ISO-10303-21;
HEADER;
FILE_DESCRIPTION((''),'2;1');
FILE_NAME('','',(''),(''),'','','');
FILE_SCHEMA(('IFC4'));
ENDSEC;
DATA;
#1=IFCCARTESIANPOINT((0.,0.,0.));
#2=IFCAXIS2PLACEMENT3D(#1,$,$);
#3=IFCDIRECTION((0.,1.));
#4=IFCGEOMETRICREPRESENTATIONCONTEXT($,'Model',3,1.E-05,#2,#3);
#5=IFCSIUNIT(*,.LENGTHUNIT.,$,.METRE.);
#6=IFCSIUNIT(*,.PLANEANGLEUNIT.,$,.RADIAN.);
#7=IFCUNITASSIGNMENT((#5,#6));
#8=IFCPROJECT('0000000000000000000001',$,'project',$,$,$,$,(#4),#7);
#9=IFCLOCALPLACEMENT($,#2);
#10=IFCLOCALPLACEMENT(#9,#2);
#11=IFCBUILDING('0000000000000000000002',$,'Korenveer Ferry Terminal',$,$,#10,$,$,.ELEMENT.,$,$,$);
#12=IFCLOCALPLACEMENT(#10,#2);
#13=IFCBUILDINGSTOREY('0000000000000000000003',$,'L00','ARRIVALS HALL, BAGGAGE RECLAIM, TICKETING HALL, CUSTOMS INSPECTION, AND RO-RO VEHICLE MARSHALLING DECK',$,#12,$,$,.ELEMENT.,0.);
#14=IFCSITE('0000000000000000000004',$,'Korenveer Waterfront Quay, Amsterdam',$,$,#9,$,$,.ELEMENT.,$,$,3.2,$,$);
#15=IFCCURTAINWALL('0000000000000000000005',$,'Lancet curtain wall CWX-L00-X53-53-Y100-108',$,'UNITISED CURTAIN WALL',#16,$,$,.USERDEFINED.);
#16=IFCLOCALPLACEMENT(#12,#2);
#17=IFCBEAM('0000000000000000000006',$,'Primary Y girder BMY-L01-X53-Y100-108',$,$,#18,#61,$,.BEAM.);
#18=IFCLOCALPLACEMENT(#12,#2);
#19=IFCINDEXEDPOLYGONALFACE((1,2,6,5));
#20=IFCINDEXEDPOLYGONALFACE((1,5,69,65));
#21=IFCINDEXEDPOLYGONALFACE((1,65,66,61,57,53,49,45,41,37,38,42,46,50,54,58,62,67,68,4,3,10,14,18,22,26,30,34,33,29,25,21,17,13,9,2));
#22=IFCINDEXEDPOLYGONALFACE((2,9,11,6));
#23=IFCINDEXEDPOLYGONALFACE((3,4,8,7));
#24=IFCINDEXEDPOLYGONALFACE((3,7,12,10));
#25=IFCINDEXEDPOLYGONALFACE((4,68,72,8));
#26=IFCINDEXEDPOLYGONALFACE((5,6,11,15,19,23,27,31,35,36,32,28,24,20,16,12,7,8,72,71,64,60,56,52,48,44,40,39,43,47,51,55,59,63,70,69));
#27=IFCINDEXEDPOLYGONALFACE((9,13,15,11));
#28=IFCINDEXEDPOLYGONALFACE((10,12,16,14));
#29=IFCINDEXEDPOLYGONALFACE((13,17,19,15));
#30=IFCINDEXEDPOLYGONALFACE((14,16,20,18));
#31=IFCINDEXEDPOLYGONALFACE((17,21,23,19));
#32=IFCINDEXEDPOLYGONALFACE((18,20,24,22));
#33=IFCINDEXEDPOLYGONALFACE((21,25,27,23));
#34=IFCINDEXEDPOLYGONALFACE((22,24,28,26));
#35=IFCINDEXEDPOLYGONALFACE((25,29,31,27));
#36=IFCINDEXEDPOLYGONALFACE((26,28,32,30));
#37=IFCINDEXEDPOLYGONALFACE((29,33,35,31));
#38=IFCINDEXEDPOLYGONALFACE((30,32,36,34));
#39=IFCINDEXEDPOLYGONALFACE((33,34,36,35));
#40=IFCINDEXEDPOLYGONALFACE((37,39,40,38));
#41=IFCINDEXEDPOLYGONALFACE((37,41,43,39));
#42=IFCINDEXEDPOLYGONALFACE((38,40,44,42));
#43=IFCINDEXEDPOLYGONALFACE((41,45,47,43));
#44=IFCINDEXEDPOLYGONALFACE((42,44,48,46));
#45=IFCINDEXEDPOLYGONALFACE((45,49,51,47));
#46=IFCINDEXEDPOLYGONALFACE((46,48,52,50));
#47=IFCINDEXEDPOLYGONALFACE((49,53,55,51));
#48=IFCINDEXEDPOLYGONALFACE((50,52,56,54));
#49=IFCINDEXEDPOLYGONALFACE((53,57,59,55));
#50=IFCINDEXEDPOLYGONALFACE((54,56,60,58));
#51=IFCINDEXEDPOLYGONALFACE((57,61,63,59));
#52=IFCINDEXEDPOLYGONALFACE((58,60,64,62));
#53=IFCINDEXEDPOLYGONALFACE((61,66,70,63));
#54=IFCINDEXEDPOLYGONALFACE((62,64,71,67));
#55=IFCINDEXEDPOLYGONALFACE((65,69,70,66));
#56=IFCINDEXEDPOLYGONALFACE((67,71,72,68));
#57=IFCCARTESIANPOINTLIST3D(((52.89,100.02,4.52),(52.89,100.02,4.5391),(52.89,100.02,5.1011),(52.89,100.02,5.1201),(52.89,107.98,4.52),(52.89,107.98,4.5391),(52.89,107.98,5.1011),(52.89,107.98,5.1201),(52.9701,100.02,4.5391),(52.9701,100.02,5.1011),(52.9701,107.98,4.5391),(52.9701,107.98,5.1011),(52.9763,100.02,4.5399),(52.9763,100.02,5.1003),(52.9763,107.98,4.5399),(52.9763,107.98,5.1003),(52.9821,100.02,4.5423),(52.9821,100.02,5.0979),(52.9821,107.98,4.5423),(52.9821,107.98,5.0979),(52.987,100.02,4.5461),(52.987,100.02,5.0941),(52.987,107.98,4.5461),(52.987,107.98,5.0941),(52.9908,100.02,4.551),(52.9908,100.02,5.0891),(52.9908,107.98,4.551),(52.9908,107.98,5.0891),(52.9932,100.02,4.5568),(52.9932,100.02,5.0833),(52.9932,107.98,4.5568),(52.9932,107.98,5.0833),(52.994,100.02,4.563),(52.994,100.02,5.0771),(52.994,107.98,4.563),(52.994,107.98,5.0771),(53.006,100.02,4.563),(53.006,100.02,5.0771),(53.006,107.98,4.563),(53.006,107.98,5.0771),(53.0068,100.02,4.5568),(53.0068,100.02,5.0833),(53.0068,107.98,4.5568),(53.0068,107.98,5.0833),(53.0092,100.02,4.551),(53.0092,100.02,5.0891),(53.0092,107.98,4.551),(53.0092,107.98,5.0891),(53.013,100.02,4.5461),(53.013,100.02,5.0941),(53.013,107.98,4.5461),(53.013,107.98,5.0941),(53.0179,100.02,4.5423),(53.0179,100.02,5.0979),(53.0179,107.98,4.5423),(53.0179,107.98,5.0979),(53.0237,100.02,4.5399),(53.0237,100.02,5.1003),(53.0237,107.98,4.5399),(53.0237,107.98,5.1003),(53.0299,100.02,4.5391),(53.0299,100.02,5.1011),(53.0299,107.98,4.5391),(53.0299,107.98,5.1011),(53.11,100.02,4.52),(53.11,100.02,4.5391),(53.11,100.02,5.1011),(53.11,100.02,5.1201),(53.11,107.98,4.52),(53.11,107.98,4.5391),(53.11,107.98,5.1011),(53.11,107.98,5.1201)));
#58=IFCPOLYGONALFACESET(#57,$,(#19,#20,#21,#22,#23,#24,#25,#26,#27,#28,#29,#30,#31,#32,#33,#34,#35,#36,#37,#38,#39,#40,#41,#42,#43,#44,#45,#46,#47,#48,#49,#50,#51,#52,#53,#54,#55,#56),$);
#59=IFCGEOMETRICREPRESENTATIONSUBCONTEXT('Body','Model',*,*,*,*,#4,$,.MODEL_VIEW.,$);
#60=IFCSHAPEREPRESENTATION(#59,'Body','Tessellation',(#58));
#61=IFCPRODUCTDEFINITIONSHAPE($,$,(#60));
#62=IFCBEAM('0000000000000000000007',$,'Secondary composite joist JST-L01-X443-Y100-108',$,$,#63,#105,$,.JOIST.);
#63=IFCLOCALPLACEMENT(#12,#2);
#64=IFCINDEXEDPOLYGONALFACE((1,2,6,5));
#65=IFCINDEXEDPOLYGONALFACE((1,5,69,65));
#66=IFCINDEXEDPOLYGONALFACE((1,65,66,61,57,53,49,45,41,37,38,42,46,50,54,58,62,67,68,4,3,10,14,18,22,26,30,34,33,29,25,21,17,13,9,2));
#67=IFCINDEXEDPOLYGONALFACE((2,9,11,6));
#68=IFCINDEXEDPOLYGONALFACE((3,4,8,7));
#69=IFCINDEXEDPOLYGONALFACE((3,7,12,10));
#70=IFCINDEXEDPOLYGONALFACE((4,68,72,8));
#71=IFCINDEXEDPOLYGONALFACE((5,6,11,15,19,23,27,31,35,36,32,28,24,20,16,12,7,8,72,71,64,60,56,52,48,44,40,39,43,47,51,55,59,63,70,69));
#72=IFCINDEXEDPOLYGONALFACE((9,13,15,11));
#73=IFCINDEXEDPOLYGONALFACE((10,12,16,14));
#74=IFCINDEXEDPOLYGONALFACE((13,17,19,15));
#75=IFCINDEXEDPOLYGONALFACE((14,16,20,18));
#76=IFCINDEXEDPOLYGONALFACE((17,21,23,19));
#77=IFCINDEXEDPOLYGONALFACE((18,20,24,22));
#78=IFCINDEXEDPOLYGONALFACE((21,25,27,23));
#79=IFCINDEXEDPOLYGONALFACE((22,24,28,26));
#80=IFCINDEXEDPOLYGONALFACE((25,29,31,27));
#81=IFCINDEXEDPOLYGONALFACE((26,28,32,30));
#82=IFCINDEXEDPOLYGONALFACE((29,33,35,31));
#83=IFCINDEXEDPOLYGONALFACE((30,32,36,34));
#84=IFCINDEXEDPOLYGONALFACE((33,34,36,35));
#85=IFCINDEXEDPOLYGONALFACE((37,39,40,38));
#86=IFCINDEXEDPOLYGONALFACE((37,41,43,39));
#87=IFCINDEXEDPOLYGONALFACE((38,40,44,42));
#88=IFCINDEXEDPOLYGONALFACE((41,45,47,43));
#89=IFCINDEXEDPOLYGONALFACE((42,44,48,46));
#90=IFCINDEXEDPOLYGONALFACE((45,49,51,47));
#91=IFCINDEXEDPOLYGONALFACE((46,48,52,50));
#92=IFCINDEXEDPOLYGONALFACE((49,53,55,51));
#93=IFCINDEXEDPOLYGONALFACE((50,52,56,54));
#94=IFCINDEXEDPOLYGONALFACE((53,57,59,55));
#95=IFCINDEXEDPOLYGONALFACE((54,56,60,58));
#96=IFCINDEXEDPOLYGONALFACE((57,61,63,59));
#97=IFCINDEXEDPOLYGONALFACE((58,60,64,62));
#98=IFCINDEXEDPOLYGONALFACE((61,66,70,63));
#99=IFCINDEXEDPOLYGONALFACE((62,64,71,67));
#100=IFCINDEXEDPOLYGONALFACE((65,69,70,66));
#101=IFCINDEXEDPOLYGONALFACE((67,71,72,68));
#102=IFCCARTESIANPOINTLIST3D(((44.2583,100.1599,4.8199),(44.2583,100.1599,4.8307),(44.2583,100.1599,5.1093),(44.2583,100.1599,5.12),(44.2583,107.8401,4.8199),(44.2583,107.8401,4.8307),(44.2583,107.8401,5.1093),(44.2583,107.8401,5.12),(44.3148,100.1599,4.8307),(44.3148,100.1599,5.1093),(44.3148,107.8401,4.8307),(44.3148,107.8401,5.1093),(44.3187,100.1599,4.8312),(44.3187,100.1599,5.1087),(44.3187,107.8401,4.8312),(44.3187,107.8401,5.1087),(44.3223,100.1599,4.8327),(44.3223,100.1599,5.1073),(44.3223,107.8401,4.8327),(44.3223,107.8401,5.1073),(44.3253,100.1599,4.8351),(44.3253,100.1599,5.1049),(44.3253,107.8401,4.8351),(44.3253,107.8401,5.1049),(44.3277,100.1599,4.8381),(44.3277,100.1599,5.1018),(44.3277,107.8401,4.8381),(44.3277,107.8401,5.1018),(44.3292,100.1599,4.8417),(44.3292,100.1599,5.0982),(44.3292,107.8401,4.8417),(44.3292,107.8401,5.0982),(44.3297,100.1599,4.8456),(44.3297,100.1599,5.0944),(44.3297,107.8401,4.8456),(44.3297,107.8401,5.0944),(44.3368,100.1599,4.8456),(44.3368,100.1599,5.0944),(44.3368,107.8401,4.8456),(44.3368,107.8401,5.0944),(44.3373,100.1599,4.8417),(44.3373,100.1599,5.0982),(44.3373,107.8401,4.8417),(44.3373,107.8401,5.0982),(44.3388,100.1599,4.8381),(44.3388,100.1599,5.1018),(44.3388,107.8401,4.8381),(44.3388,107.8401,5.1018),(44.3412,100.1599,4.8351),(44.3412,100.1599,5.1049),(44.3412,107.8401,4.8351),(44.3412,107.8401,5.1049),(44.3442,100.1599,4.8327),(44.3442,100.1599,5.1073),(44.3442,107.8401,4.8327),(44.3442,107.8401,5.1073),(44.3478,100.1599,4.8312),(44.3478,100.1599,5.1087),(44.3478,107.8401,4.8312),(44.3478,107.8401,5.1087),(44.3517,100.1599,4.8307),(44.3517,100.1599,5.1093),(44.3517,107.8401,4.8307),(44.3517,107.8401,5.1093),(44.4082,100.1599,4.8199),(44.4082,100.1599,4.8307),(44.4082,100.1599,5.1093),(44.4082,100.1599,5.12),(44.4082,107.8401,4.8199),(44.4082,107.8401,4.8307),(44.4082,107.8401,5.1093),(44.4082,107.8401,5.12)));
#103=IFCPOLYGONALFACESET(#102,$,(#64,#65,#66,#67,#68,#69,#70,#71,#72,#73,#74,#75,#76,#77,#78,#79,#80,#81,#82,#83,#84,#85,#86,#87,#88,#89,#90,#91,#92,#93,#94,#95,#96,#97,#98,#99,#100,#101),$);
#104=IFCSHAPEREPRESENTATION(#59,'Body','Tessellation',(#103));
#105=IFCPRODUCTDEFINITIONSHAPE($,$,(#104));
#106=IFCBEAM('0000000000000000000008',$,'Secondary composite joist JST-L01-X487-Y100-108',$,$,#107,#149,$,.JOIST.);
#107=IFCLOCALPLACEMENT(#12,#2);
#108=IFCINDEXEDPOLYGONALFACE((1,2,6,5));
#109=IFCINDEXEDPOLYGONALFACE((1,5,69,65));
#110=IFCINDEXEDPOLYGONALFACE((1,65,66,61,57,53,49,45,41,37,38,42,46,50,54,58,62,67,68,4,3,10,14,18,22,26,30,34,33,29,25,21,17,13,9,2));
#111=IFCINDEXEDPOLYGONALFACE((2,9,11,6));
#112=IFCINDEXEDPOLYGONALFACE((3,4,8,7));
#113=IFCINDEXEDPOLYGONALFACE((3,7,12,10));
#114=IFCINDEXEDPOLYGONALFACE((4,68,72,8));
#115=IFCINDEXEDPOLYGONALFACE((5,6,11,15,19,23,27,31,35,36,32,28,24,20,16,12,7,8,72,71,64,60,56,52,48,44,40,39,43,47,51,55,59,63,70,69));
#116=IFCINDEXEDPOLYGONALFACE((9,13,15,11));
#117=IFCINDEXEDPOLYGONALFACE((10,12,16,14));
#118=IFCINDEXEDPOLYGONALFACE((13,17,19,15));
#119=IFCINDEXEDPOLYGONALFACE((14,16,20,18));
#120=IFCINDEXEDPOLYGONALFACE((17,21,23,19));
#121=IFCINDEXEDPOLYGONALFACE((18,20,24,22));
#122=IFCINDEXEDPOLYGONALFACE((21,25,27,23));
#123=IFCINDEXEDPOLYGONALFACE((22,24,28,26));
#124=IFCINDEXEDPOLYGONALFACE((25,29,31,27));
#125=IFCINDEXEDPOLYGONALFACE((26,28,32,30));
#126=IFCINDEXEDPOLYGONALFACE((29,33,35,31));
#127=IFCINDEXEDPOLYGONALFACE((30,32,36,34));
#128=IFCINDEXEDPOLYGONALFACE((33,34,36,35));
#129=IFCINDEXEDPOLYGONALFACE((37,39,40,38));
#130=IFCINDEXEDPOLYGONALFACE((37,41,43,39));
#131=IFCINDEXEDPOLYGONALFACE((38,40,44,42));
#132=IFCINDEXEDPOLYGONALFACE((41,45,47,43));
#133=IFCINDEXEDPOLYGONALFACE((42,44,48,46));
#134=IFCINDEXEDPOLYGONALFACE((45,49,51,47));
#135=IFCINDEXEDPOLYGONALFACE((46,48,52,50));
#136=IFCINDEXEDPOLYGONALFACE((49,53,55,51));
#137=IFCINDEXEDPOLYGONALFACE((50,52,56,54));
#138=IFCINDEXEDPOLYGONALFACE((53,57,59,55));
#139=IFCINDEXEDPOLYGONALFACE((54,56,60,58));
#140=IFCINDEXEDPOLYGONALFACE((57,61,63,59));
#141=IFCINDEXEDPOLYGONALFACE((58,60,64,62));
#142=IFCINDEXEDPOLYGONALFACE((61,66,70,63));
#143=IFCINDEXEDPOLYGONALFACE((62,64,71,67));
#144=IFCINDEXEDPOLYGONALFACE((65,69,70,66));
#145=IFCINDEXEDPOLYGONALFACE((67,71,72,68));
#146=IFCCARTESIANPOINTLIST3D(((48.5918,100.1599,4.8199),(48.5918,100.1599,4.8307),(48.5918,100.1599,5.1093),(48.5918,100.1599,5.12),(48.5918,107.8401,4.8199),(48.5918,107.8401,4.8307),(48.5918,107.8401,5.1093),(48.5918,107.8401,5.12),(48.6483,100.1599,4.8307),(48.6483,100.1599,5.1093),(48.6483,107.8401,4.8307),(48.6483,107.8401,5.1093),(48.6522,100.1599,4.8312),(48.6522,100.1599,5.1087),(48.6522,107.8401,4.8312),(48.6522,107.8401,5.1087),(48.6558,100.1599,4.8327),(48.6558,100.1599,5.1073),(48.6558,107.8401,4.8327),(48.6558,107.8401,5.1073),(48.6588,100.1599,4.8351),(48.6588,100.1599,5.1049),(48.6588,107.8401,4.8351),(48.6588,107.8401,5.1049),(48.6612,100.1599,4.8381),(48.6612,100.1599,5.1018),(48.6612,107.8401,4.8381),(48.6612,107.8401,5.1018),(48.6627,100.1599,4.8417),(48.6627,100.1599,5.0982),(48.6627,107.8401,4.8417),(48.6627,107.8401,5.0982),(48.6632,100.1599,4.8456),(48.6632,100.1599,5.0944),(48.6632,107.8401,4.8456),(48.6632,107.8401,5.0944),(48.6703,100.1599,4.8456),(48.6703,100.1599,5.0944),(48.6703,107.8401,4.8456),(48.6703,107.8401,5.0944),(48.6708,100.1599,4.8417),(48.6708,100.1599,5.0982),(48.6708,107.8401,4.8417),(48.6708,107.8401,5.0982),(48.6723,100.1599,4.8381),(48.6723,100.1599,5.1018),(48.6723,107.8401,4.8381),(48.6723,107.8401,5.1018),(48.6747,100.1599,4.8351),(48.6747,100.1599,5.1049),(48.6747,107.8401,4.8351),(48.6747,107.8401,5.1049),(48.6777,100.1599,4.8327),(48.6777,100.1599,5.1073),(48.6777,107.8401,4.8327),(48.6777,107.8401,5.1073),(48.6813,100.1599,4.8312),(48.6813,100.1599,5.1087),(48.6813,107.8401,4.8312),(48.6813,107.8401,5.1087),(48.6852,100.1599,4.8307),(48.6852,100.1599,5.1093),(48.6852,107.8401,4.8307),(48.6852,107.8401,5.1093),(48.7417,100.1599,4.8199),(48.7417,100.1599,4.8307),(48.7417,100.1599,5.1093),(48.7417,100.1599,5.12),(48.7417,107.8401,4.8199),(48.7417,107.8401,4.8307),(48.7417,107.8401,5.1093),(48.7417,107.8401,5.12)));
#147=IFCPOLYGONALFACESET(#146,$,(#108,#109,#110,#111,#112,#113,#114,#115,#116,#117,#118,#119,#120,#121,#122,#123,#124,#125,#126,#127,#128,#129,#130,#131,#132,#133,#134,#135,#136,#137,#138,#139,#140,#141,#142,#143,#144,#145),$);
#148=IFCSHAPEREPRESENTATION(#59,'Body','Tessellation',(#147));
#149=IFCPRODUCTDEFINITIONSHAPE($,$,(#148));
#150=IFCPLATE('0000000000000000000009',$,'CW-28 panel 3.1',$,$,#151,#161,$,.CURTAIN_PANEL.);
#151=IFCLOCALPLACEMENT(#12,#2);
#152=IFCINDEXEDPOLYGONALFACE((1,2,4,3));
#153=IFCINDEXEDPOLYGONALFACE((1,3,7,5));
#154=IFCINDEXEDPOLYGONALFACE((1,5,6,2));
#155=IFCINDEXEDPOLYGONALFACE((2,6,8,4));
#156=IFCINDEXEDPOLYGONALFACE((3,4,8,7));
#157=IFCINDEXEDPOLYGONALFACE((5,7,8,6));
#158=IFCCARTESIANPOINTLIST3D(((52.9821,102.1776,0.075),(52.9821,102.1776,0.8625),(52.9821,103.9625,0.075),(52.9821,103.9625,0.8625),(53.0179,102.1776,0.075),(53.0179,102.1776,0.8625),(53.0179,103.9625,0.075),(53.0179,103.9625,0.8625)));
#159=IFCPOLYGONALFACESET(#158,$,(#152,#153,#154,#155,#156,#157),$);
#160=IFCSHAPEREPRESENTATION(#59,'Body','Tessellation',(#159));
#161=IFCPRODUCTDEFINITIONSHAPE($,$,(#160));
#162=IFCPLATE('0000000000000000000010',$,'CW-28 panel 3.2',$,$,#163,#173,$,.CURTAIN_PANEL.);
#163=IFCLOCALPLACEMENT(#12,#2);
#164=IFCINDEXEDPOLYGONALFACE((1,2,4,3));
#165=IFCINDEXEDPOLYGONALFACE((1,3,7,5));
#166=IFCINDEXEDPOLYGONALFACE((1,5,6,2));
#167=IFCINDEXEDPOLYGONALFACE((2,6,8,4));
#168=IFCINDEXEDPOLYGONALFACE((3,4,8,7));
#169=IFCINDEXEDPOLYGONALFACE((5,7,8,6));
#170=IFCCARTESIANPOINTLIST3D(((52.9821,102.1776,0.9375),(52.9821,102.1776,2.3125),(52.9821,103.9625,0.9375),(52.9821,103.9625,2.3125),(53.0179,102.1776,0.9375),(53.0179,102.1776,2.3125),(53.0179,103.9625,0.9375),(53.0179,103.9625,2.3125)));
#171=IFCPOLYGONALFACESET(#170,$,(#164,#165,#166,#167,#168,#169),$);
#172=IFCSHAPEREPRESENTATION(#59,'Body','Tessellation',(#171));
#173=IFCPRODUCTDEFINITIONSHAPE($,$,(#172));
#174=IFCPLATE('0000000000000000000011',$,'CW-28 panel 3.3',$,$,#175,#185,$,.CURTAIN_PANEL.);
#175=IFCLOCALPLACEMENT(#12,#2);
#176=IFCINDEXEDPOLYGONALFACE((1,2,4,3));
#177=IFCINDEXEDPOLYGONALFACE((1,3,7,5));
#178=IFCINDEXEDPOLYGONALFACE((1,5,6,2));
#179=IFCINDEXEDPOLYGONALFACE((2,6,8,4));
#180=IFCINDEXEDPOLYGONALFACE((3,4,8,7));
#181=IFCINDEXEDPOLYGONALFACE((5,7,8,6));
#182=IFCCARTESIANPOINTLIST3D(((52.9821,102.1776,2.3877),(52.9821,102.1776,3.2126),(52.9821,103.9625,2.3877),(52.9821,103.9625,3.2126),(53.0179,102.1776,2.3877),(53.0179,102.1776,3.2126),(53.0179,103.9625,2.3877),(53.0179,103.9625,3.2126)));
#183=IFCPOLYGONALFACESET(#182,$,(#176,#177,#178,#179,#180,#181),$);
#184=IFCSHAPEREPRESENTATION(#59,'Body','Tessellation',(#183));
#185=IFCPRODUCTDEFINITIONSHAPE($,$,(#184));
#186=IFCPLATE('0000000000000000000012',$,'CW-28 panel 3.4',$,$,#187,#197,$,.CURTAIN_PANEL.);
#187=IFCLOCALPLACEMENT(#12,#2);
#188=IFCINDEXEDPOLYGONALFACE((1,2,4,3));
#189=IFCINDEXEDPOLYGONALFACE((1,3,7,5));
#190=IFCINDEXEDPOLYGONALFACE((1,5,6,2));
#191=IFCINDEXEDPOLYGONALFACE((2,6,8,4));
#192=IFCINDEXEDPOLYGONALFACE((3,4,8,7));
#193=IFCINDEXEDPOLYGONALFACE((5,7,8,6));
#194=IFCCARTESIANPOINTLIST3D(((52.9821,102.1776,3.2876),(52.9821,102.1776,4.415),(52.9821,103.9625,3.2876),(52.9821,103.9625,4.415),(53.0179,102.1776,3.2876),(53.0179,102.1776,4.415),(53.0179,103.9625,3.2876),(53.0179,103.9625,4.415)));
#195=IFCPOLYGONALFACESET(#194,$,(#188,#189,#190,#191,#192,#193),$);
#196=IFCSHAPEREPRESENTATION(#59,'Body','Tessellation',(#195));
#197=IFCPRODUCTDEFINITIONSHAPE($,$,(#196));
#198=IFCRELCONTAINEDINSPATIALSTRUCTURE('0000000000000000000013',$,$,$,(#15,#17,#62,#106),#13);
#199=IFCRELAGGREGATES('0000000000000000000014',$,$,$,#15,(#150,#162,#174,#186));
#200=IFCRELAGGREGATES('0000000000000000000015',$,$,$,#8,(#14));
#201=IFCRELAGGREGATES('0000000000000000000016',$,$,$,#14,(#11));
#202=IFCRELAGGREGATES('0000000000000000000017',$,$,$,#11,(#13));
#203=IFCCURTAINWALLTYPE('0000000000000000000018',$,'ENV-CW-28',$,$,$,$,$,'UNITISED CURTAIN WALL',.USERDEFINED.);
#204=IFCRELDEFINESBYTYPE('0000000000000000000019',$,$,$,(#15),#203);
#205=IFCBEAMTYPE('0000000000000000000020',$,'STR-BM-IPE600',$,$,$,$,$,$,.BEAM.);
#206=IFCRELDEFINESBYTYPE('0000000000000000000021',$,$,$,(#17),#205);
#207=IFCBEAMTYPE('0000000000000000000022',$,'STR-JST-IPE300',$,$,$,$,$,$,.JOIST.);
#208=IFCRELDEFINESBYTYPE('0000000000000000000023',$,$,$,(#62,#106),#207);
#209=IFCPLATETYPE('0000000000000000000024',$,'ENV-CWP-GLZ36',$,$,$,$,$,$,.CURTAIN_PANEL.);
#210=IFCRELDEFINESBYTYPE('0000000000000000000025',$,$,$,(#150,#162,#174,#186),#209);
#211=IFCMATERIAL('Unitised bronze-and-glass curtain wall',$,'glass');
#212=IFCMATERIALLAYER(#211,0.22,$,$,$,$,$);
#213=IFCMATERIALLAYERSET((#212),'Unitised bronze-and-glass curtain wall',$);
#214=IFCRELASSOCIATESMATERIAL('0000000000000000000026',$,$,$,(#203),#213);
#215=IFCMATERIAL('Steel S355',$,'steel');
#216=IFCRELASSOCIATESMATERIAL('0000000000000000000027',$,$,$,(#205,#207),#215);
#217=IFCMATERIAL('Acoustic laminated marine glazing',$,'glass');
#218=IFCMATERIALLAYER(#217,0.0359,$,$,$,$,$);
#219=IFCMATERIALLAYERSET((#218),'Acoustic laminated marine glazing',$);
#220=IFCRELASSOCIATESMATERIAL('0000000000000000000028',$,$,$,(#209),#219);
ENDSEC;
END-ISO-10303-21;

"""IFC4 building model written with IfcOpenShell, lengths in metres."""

from ifc_helpers import new_model, si_unit, direction, frame, origin, origin_2d, place, context, subcontext, project, spatial, rectangle, i_section, extrude, material, layer, layer_set, material_profile, profile_set, type_object, element, aggregate, save


model = new_model("IFC4")

# Units and contexts
model_context = context("Model", 3, precision=1e-05, world=origin(), true_north=direction((0.0, 1.0)))
body_context = subcontext(model_context, "Body", "Model", "MODEL_VIEW")
ifc_project = project(units=[si_unit("LENGTHUNIT", "METRE"), si_unit("PLANEANGLEUNIT", "RADIAN")], contexts=[model_context])

# Site, building, storey
site_placement = place(None, origin())
site = spatial("IfcSite", under=ifc_project, at=site_placement, Name="Korenveer Waterfront Quay, Amsterdam", CompositionType="ELEMENT", RefElevation=3.2)
building_placement = place(site_placement, origin())
building = spatial("IfcBuilding", under=site, at=building_placement, Name="Korenveer Ferry Terminal", CompositionType="ELEMENT")
storey_placement = place(building_placement, origin())
storey = spatial("IfcBuildingStorey", under=building, at=storey_placement, Name="L00", Description="ARRIVALS HALL, BAGGAGE RECLAIM, TICKETING HALL, CUSTOMS INSPECTION, AND RO-RO VEHICLE MARSHALLING DECK", CompositionType="ELEMENT", Elevation=0.0)

# Curtain wall
ifc_material_1 = material(Name="Unitised bronze-and-glass curtain wall", Category="glass")
ifc_layer_1 = layer(ifc_material_1, 0.22)
ifc_layer_set_1 = layer_set([ifc_layer_1], Name="Unitised bronze-and-glass curtain wall")
curtain_wall_type = type_object("IfcCurtainWallType", Name="ENV-CW-28", ElementType="UNITISED CURTAIN WALL", PredefinedType="USERDEFINED", material=ifc_layer_set_1)
curtain_wall_placement = place(storey_placement, frame((53.0, 107.72, 0.0)))
curtain_wall = element("IfcCurtainWall", 1, at=curtain_wall_placement, inside=storey, type_object=curtain_wall_type, Name="Lancet curtain wall CWX-L00-X53-53-Y100-108", ObjectType="UNITISED CURTAIN WALL", PredefinedType="USERDEFINED")

# Beams
ifc_material_2 = material(Name="Steel S355", Category="steel")
ifc_material_profile_1 = material_profile(ifc_material_2, i_section(OverallWidth=0.22, OverallDepth=0.6001, WebThickness=0.012, FlangeThickness=0.019, FilletRadius=0.0239, at=origin_2d()), Name="IPE 600")
ifc_profile_set_1 = profile_set([ifc_material_profile_1], Name="Steel S355")
beam_type_1 = type_object("IfcBeamType", Name="STR-BM-IPE600", PredefinedType="BEAM", material=ifc_profile_set_1)
beam_placement = place(storey_placement, frame((53.0, 100.02, 4.8201), z_axis=(0.0, 1.0, 0.0), x_axis=(-1.0, 0.0, 0.0)))
element("IfcBeam", 2, at=beam_placement, inside=storey, type_object=beam_type_1, Name="Primary Y girder BMY-L01-X53-Y100-108", PredefinedType="BEAM", context=body_context, shape_type="SweptSolid", body=[
    extrude(i_section(OverallWidth=0.22, OverallDepth=0.6001, WebThickness=0.012, FlangeThickness=0.019, FilletRadius=0.0239, at=origin_2d()), origin(), (0.0, 0.0, 1.0), 7.96),
])
ifc_material_profile_2 = material_profile(ifc_material_2, i_section(OverallWidth=0.1499, OverallDepth=0.3, WebThickness=0.0071, FlangeThickness=0.0107, FilletRadius=0.0149, at=origin_2d()), Name="IPE 300")
ifc_profile_set_2 = profile_set([ifc_material_profile_2], Name="Steel S355")
beam_type_2 = type_object("IfcBeamType", Name="STR-JST-IPE300", PredefinedType="JOIST", material=ifc_profile_set_2)
for number, where, z_axis, x_axis, name in (
    (3, (44.3333, 100.1599, 4.97), (0.0, 1.0, 0.0), (-1.0, 0.0, 0.0), "Secondary composite joist JST-L01-X443-Y100-108"),
    (4, (48.6667, 100.1599, 4.97), (0.0, 1.0, 0.0), (-1.0, 0.0, 0.0), "Secondary composite joist JST-L01-X487-Y100-108"),
):
    element("IfcBeam", number, at=place(storey_placement, frame(where, z_axis=z_axis, x_axis=x_axis)), inside=storey, type_object=beam_type_2, Name=name, PredefinedType="JOIST", context=body_context, shape_type="SweptSolid", body=[
        extrude(i_section(OverallWidth=0.1499, OverallDepth=0.3, WebThickness=0.0071, FlangeThickness=0.0107, FilletRadius=0.0149, at=origin_2d()), origin(), (0.0, 0.0, 1.0), 7.6802),
    ])

# Plates
ifc_material_3 = material(Name="Acoustic laminated marine glazing", Category="glass")
ifc_layer_2 = layer(ifc_material_3, 0.0359)
ifc_layer_set_2 = layer_set([ifc_layer_2], Name="Acoustic laminated marine glazing")
plate_type = type_object("IfcPlateType", Name="ENV-CWP-GLZ36", PredefinedType="CURTAIN_PANEL", material=ifc_layer_set_2)
plate_1_placement = place(storey_placement, frame((53.0, 103.0701, 0.075), z_axis=(0.0, 0.0, 1.0), x_axis=(0.0, -1.0, 0.0)))
plate_1 = element("IfcPlate", 5, at=plate_1_placement, type_object=plate_type, Name="CW-28 panel 3.1", PredefinedType="CURTAIN_PANEL", context=body_context, shape_type="SweptSolid", body=[
    extrude(rectangle(XDim=1.7849, YDim=0.0359, at=origin_2d()), origin(), (0.0, 0.0, 1.0), 0.7876),
])
plate_2_placement = place(storey_placement, frame((53.0, 103.0701, 0.9375), z_axis=(0.0, 0.0, 1.0), x_axis=(0.0, -1.0, 0.0)))
plate_2 = element("IfcPlate", 6, at=plate_2_placement, type_object=plate_type, Name="CW-28 panel 3.2", PredefinedType="CURTAIN_PANEL", context=body_context, shape_type="SweptSolid", body=[
    extrude(rectangle(XDim=1.7849, YDim=0.0359, at=origin_2d()), origin(), (0.0, 0.0, 1.0), 1.375),
])
plate_3_placement = place(storey_placement, frame((53.0, 103.0701, 2.3877), z_axis=(0.0, 0.0, 1.0), x_axis=(0.0, -1.0, 0.0)))
plate_3 = element("IfcPlate", 7, at=plate_3_placement, type_object=plate_type, Name="CW-28 panel 3.3", PredefinedType="CURTAIN_PANEL", context=body_context, shape_type="SweptSolid", body=[
    extrude(rectangle(XDim=1.7849, YDim=0.0359, at=origin_2d()), origin(), (0.0, 0.0, 1.0), 0.825),
])
plate_4_placement = place(storey_placement, frame((53.0, 103.0701, 3.2876), z_axis=(0.0, 0.0, 1.0), x_axis=(0.0, -1.0, 0.0)))
plate_4 = element("IfcPlate", 8, at=plate_4_placement, type_object=plate_type, Name="CW-28 panel 3.4", PredefinedType="CURTAIN_PANEL", context=body_context, shape_type="SweptSolid", body=[
    extrude(rectangle(XDim=1.7849, YDim=0.0359, at=origin_2d()), origin(), (0.0, 0.0, 1.0), 1.1274),
])
aggregate(curtain_wall, [plate_1, plate_2, plate_3, plate_4])

save(model, "model.ifc")
